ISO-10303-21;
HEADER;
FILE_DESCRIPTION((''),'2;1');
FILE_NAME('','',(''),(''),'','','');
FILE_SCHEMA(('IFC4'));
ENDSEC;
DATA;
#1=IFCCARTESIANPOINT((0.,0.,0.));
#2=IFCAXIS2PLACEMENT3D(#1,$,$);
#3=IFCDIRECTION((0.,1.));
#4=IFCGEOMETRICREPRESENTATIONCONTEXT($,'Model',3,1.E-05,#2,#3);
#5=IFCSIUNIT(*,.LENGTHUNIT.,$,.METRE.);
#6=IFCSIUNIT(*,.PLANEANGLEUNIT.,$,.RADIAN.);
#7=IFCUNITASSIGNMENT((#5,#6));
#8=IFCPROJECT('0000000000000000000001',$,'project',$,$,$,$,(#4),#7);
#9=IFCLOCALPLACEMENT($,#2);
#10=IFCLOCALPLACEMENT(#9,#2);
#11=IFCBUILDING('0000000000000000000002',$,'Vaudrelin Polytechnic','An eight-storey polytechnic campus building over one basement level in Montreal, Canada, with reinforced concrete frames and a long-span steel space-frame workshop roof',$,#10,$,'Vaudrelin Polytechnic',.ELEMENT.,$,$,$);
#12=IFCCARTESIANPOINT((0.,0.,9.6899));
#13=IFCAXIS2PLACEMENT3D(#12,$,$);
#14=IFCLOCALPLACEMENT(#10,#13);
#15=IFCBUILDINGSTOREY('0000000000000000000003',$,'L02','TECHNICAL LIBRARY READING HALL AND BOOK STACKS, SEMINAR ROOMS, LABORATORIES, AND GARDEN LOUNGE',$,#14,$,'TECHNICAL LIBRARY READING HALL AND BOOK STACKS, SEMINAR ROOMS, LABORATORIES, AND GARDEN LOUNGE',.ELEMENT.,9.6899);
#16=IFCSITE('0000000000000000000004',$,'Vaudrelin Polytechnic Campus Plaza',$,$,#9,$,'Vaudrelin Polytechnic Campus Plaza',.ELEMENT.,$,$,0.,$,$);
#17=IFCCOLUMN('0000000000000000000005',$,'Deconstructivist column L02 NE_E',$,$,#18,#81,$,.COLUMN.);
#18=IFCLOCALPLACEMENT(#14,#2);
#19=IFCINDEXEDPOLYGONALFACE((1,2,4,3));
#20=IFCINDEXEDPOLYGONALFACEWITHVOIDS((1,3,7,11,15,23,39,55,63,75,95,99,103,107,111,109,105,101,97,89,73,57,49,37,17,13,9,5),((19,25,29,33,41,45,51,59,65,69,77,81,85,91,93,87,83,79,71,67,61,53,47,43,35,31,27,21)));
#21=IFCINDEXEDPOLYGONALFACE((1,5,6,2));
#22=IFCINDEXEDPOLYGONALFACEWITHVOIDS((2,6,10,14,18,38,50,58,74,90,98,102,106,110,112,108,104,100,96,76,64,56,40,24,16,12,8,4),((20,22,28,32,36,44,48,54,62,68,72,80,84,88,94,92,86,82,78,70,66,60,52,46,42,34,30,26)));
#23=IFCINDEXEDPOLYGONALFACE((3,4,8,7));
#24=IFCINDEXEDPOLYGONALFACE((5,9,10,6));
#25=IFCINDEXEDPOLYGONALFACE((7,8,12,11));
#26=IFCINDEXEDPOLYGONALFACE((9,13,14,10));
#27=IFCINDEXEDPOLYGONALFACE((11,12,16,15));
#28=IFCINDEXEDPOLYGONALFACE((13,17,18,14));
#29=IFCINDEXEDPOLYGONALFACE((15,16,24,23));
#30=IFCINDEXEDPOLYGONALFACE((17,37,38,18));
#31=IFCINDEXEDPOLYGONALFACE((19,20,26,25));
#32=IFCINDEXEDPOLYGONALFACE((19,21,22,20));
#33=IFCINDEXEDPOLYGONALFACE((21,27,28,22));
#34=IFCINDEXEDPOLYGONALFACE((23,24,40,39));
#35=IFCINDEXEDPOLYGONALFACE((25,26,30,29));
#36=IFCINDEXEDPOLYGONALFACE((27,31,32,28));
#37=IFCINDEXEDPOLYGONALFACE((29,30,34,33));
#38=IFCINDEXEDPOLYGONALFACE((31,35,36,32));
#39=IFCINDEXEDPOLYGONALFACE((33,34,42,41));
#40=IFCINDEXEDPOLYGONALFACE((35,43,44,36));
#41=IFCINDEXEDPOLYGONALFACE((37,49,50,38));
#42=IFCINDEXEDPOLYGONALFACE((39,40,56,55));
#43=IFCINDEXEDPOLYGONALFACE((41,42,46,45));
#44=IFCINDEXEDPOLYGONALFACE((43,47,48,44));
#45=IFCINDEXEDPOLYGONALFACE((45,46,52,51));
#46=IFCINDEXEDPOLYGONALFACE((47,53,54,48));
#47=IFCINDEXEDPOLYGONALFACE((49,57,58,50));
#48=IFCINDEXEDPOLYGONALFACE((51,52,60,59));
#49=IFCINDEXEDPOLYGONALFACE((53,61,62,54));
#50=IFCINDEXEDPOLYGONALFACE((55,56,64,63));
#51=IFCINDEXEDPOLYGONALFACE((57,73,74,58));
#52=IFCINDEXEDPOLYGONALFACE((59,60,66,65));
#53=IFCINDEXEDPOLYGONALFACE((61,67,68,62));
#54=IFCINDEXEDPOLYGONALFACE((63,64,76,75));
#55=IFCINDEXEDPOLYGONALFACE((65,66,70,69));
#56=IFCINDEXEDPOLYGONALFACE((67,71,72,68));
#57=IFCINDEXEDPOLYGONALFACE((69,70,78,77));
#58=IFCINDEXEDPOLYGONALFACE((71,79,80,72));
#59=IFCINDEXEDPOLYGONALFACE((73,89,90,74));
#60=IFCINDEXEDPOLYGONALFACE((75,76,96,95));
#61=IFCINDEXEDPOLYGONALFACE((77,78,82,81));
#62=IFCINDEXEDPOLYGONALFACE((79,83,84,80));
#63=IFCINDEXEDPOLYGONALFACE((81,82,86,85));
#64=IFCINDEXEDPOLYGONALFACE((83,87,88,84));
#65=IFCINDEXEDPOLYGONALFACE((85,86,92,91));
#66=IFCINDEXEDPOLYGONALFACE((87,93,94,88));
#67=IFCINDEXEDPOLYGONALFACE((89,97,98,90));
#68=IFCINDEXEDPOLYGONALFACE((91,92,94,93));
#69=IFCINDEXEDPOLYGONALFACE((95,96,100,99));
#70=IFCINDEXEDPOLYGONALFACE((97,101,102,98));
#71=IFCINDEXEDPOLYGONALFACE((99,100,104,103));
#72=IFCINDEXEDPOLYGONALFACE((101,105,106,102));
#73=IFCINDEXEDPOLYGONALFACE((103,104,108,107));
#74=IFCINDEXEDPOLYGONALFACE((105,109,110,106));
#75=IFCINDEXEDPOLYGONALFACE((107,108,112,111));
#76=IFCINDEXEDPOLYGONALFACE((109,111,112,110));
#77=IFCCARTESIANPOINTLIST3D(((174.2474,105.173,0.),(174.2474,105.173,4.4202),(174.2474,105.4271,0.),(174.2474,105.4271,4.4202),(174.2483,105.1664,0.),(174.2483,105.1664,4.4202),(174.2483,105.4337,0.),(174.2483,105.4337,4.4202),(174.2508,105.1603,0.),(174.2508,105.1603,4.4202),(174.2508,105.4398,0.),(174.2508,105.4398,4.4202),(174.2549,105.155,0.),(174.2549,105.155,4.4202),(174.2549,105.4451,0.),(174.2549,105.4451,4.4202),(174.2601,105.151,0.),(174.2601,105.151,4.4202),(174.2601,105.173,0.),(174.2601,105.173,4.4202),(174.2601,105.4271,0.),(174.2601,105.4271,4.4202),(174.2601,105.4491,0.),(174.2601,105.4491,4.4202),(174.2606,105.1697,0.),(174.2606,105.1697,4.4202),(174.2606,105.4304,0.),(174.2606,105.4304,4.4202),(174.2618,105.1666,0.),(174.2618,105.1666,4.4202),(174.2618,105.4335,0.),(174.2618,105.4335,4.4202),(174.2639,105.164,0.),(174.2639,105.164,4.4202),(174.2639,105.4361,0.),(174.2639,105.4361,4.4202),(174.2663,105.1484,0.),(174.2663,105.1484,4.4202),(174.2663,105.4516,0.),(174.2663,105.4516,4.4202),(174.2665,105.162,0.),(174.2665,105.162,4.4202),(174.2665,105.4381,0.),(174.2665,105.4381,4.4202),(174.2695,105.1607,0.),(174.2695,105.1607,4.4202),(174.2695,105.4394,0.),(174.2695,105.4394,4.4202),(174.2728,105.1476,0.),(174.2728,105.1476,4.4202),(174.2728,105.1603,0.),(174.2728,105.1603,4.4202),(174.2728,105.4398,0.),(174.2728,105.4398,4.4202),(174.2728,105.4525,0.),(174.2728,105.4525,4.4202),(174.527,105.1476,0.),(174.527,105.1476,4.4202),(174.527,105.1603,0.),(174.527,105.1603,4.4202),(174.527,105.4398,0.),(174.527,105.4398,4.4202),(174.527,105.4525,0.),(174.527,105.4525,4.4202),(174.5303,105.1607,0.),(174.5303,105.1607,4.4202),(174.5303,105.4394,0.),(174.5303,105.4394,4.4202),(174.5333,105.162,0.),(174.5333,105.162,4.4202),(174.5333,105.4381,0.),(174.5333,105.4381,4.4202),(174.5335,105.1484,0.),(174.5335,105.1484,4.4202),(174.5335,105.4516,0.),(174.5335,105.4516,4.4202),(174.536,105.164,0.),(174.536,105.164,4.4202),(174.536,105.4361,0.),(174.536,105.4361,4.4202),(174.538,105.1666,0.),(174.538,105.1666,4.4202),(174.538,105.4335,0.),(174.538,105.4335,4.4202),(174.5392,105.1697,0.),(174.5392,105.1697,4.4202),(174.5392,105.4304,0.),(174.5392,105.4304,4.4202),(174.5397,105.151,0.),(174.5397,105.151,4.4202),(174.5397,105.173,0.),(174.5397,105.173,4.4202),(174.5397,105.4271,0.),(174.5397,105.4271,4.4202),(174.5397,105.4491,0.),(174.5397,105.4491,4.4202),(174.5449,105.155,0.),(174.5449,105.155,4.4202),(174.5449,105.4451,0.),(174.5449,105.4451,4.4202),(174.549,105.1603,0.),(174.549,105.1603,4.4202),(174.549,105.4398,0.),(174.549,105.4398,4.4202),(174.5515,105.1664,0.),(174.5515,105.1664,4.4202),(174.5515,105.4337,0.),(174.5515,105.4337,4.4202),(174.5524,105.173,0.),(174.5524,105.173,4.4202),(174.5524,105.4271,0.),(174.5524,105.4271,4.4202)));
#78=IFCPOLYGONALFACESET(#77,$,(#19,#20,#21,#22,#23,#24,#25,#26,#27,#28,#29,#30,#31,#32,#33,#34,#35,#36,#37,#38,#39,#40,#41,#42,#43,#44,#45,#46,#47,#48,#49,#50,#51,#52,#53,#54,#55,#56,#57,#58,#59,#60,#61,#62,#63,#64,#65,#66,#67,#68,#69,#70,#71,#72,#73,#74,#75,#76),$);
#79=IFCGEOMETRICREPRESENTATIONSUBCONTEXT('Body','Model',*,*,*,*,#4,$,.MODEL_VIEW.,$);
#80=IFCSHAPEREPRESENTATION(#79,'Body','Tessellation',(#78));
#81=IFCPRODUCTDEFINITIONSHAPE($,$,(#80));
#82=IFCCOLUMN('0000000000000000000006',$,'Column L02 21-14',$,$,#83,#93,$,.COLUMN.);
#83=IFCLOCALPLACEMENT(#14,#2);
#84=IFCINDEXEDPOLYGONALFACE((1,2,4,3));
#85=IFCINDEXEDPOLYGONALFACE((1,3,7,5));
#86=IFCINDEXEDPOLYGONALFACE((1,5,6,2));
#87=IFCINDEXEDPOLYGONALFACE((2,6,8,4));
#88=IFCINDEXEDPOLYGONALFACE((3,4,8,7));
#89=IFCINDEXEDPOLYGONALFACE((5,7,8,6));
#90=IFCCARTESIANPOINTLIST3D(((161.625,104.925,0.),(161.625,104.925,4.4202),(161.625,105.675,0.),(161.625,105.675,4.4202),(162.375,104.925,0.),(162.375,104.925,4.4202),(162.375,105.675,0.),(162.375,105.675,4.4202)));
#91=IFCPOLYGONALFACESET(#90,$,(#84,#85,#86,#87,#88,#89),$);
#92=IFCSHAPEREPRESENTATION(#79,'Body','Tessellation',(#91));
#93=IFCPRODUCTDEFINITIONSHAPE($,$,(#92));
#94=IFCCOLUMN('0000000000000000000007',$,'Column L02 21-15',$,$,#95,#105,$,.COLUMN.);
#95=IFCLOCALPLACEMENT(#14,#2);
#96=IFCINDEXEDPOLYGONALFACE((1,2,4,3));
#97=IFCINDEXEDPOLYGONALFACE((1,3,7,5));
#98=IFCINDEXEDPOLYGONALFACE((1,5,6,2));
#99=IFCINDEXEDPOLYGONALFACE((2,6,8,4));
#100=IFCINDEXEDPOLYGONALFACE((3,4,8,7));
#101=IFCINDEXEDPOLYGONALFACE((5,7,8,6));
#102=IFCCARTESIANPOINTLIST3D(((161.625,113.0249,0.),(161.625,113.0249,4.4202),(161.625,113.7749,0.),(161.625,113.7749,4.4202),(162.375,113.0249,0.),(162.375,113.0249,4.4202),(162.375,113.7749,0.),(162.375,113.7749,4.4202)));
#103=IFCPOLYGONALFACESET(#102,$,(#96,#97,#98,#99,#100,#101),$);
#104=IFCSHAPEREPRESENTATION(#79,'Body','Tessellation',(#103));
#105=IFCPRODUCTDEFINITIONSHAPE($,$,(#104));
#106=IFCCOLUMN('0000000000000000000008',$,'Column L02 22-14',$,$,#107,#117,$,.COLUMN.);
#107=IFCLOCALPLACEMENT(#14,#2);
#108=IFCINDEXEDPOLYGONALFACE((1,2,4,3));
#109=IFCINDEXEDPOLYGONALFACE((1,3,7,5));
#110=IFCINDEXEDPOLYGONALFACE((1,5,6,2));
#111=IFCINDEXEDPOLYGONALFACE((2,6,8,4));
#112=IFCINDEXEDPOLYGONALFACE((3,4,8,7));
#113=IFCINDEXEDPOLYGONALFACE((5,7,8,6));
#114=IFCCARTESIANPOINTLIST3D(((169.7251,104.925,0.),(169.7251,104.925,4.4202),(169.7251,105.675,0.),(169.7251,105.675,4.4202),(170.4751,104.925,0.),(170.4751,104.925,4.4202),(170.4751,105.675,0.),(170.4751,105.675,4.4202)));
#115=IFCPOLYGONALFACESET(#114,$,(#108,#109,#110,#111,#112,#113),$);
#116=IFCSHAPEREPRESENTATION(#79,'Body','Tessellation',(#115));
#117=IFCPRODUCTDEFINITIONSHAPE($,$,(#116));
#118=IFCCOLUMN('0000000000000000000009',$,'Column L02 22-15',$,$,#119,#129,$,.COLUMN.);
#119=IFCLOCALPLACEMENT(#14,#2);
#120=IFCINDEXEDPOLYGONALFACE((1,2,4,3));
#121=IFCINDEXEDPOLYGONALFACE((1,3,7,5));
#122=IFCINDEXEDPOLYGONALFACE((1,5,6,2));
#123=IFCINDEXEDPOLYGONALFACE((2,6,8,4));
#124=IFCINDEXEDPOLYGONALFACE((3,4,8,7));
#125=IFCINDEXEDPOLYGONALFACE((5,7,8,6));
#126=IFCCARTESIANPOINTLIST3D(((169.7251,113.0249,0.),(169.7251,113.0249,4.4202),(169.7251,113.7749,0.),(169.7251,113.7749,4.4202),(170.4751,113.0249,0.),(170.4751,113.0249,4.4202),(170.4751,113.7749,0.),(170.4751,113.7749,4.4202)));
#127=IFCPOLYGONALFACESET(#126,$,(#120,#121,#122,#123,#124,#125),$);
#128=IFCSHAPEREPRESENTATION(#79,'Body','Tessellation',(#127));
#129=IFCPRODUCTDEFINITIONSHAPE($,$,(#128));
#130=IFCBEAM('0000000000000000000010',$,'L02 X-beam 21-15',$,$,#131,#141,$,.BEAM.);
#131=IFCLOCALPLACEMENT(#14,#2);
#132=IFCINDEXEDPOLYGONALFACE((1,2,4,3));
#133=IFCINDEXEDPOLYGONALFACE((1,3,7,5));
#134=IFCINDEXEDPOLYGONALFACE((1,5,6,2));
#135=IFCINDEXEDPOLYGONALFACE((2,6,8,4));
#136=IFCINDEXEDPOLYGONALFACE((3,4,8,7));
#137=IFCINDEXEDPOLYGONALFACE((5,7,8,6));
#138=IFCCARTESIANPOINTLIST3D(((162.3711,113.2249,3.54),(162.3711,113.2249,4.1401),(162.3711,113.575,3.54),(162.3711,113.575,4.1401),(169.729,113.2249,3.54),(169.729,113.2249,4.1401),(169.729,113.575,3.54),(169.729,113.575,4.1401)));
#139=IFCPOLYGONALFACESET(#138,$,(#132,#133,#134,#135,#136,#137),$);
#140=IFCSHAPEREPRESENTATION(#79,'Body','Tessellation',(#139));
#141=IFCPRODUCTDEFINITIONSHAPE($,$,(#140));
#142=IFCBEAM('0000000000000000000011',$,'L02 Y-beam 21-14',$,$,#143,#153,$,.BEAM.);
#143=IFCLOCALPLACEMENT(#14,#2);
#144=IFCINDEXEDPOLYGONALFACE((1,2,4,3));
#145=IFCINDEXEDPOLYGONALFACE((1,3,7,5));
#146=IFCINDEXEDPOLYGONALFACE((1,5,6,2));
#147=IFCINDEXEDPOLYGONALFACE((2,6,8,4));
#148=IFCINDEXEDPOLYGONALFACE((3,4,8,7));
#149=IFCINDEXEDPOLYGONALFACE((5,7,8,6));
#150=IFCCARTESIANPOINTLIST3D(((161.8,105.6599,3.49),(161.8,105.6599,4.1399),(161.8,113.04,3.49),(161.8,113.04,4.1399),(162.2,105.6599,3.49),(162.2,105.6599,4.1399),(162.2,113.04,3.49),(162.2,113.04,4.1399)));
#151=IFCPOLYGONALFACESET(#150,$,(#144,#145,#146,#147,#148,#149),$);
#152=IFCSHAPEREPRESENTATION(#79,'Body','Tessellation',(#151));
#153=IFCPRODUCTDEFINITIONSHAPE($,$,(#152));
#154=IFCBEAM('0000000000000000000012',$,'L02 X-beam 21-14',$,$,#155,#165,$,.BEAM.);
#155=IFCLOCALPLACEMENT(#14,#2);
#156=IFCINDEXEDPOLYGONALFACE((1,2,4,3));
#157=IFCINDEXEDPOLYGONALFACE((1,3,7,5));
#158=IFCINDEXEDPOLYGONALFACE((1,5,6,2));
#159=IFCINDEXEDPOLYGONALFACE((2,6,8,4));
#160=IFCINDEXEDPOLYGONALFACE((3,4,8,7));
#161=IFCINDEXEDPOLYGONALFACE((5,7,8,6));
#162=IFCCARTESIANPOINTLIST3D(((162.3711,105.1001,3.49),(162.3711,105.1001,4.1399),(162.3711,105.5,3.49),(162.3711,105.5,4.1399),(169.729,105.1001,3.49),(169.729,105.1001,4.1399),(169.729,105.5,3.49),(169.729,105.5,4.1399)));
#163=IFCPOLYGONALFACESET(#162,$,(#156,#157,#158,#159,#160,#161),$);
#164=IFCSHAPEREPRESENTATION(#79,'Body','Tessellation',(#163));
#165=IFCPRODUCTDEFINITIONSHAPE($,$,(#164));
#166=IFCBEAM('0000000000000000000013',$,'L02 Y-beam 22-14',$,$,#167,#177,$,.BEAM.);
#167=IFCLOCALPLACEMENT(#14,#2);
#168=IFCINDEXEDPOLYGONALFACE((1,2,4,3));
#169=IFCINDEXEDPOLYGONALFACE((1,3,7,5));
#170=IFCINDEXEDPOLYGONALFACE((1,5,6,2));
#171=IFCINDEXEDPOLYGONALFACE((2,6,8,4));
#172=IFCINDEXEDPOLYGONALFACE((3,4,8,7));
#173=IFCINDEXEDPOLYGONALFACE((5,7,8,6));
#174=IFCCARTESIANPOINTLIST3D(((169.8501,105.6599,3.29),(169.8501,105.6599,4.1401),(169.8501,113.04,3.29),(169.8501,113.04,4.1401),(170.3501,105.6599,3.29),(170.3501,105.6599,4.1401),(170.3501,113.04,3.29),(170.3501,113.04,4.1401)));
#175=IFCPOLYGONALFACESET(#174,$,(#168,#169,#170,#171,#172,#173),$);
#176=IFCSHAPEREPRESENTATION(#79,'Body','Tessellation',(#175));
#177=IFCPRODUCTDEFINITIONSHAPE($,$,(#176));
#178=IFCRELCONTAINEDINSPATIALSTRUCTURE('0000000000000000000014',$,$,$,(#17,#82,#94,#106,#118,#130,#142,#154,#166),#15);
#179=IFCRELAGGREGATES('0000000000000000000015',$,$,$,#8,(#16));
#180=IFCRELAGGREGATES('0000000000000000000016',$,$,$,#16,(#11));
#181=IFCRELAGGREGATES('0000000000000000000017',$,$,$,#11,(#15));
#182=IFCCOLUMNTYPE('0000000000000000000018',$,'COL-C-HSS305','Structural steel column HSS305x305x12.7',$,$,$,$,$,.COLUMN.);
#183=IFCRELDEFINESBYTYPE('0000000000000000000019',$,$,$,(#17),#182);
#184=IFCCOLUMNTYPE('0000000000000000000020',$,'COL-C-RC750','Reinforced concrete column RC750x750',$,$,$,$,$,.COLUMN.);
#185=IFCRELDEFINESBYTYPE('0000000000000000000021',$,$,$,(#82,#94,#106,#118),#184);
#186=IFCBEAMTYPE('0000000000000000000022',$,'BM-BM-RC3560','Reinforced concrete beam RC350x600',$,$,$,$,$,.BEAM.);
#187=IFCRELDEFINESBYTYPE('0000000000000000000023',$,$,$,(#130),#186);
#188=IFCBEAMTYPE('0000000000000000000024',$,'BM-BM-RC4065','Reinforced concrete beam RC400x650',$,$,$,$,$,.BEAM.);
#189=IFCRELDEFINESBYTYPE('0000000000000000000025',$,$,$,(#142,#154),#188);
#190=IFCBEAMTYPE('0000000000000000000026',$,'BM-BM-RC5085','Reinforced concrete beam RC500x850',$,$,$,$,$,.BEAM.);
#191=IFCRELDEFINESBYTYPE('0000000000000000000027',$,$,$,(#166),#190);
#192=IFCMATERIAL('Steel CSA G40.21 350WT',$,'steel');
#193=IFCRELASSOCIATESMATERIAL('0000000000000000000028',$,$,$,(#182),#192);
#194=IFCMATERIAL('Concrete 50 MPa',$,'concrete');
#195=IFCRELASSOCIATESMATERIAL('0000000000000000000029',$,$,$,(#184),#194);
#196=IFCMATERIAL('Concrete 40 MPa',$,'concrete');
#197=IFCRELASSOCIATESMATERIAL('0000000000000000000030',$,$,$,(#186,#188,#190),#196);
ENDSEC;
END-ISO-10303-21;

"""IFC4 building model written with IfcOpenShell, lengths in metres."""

from ifc_helpers import new_model, si_unit, direction, frame, origin, origin_2d, place, context, subcontext, project, spatial, rectangle, hollow_rectangle, extrude, material, material_profile, profile_set, type_object, element, save


model = new_model("IFC4")

# Units and contexts
model_context = context("Model", 3, precision=1e-05, world=origin(), true_north=direction((0.0, 1.0)))
body_context = subcontext(model_context, "Body", "Model", "MODEL_VIEW")
ifc_project = project(units=[si_unit("LENGTHUNIT", "METRE"), si_unit("PLANEANGLEUNIT", "RADIAN")], contexts=[model_context])

# Site, building, storey
site_placement = place(None, origin())
site = spatial("IfcSite", under=ifc_project, at=site_placement, Name="Vaudrelin Polytechnic Campus Plaza", LongName="Vaudrelin Polytechnic Campus Plaza", CompositionType="ELEMENT", RefElevation=0.0)
building_placement = place(site_placement, origin())
building = spatial("IfcBuilding", under=site, at=building_placement, Name="Vaudrelin Polytechnic", Description="An eight-storey polytechnic campus building over one basement level in Montreal, Canada, with reinforced concrete frames and a long-span steel space-frame workshop roof", LongName="Vaudrelin Polytechnic", CompositionType="ELEMENT")
storey_placement = place(building_placement, frame((0.0, 0.0, 9.6899)))
storey = spatial("IfcBuildingStorey", under=building, at=storey_placement, Name="L02", Description="TECHNICAL LIBRARY READING HALL AND BOOK STACKS, SEMINAR ROOMS, LABORATORIES, AND GARDEN LOUNGE", LongName="TECHNICAL LIBRARY READING HALL AND BOOK STACKS, SEMINAR ROOMS, LABORATORIES, AND GARDEN LOUNGE", CompositionType="ELEMENT", Elevation=9.6899)

# Columns
ifc_material_1 = material(Name="Steel CSA G40.21 350WT", Category="steel")
ifc_material_profile_1 = material_profile(ifc_material_1, hollow_rectangle(XDim=0.3049, YDim=0.3049, WallThickness=0.0127, InnerFilletRadius=0.0127, OuterFilletRadius=0.0254, at=origin_2d()), Name="HSS305x305x12.7")
ifc_profile_set_1 = profile_set([ifc_material_profile_1], Name="Steel CSA G40.21 350WT")
column_type_1 = type_object("IfcColumnType", Name="COL-C-HSS305", Description="Structural steel column HSS305x305x12.7", PredefinedType="COLUMN", material=ifc_profile_set_1)
column_placement = place(storey_placement, frame((174.3999, 105.3, 0.0), z_axis=(0.0, 0.0, 1.0), x_axis=(1.0, 0.0, 0.0)))
element("IfcColumn", 1, at=column_placement, inside=storey, type_object=column_type_1, Name="Deconstructivist column L02 NE_E", PredefinedType="COLUMN", context=body_context, shape_type="SweptSolid", body=[
    extrude(hollow_rectangle(XDim=0.3049, YDim=0.3049, WallThickness=0.0127, InnerFilletRadius=0.0127, OuterFilletRadius=0.0254, at=origin_2d()), origin(), (0.0, 0.0, 1.0), 4.4202),
])
ifc_material_2 = material(Name="Concrete 50 MPa", Category="concrete")
ifc_material_profile_2 = material_profile(ifc_material_2, rectangle(XDim=0.75, YDim=0.75, at=origin_2d()), Name="RC750x750")
ifc_profile_set_2 = profile_set([ifc_material_profile_2], Name="Concrete 50 MPa")
column_type_2 = type_object("IfcColumnType", Name="COL-C-RC750", Description="Reinforced concrete column RC750x750", PredefinedType="COLUMN", material=ifc_profile_set_2)
for number, where, z_axis, x_axis, name in (
    (2, (162.0, 105.3, 0.0), (0.0, 0.0, 1.0), (1.0, 0.0, 0.0), "Column L02 21-14"),
    (3, (162.0, 113.3999, 0.0), (0.0, 0.0, 1.0), (1.0, 0.0, 0.0), "Column L02 21-15"),
    (4, (170.1001, 105.3, 0.0), (0.0, 0.0, 1.0), (1.0, 0.0, 0.0), "Column L02 22-14"),
    (5, (170.1001, 113.3999, 0.0), (0.0, 0.0, 1.0), (1.0, 0.0, 0.0), "Column L02 22-15"),
):
    element("IfcColumn", number, at=place(storey_placement, frame(where, z_axis=z_axis, x_axis=x_axis)), inside=storey, type_object=column_type_2, Name=name, PredefinedType="COLUMN", context=body_context, shape_type="SweptSolid", body=[
        extrude(rectangle(XDim=0.75, YDim=0.75, at=origin_2d()), origin(), (0.0, 0.0, 1.0), 4.4202),
    ])

# Beams
ifc_material_3 = material(Name="Concrete 40 MPa", Category="concrete")
ifc_material_profile_3 = material_profile(ifc_material_3, rectangle(XDim=0.3501, YDim=0.6001, at=origin_2d()), Name="RC350x600")
ifc_profile_set_3 = profile_set([ifc_material_profile_3], Name="Concrete 40 MPa")
beam_type_1 = type_object("IfcBeamType", Name="BM-BM-RC3560", Description="Reinforced concrete beam RC350x600", PredefinedType="BEAM", material=ifc_profile_set_3)
beam_1_placement = place(storey_placement, frame((162.3711, 113.3999, 3.8401), z_axis=(1.0, 0.0, 0.0), x_axis=(0.0, 1.0, 0.0)))
element("IfcBeam", 6, at=beam_1_placement, inside=storey, type_object=beam_type_1, Name="L02 X-beam 21-15", PredefinedType="BEAM", context=body_context, shape_type="SweptSolid", body=[
    extrude(rectangle(XDim=0.3501, YDim=0.6001, at=origin_2d()), origin(), (0.0, 0.0, 1.0), 7.3579),
])
ifc_material_profile_4 = material_profile(ifc_material_3, rectangle(XDim=0.3999, YDim=0.6499, at=origin_2d()), Name="RC400x650")
ifc_profile_set_4 = profile_set([ifc_material_profile_4], Name="Concrete 40 MPa")
beam_type_2 = type_object("IfcBeamType", Name="BM-BM-RC4065", Description="Reinforced concrete beam RC400x650", PredefinedType="BEAM", material=ifc_profile_set_4)
beam_2_placement = place(storey_placement, frame((162.0, 105.6599, 3.8149), z_axis=(0.0, 1.0, 0.0), x_axis=(-1.0, 0.0, 0.0)))
element("IfcBeam", 7, at=beam_2_placement, inside=storey, type_object=beam_type_2, Name="L02 Y-beam 21-14", PredefinedType="BEAM", context=body_context, shape_type="SweptSolid", body=[
    extrude(rectangle(XDim=0.3999, YDim=0.6499, at=origin_2d()), origin(), (0.0, 0.0, 1.0), 7.3801),
])
beam_3_placement = place(storey_placement, frame((162.3711, 105.3, 3.8149), z_axis=(1.0, 0.0, 0.0), x_axis=(0.0, 1.0, 0.0)))
element("IfcBeam", 8, at=beam_3_placement, inside=storey, type_object=beam_type_2, Name="L02 X-beam 21-14", PredefinedType="BEAM", context=body_context, shape_type="SweptSolid", body=[
    extrude(rectangle(XDim=0.3999, YDim=0.6499, at=origin_2d()), origin(), (0.0, 0.0, 1.0), 7.3579),
])
ifc_material_profile_5 = material_profile(ifc_material_3, rectangle(XDim=0.5, YDim=0.8501, at=origin_2d()), Name="RC500x850")
ifc_profile_set_5 = profile_set([ifc_material_profile_5], Name="Concrete 40 MPa")
beam_type_3 = type_object("IfcBeamType", Name="BM-BM-RC5085", Description="Reinforced concrete beam RC500x850", PredefinedType="BEAM", material=ifc_profile_set_5)
beam_4_placement = place(storey_placement, frame((170.1001, 105.6599, 3.7151), z_axis=(0.0, 1.0, 0.0), x_axis=(-1.0, 0.0, 0.0)))
element("IfcBeam", 9, at=beam_4_placement, inside=storey, type_object=beam_type_3, Name="L02 Y-beam 22-14", PredefinedType="BEAM", context=body_context, shape_type="SweptSolid", body=[
    extrude(rectangle(XDim=0.5, YDim=0.8501, at=origin_2d()), origin(), (0.0, 0.0, 1.0), 7.3801),
])

save(model, "model.ifc")
